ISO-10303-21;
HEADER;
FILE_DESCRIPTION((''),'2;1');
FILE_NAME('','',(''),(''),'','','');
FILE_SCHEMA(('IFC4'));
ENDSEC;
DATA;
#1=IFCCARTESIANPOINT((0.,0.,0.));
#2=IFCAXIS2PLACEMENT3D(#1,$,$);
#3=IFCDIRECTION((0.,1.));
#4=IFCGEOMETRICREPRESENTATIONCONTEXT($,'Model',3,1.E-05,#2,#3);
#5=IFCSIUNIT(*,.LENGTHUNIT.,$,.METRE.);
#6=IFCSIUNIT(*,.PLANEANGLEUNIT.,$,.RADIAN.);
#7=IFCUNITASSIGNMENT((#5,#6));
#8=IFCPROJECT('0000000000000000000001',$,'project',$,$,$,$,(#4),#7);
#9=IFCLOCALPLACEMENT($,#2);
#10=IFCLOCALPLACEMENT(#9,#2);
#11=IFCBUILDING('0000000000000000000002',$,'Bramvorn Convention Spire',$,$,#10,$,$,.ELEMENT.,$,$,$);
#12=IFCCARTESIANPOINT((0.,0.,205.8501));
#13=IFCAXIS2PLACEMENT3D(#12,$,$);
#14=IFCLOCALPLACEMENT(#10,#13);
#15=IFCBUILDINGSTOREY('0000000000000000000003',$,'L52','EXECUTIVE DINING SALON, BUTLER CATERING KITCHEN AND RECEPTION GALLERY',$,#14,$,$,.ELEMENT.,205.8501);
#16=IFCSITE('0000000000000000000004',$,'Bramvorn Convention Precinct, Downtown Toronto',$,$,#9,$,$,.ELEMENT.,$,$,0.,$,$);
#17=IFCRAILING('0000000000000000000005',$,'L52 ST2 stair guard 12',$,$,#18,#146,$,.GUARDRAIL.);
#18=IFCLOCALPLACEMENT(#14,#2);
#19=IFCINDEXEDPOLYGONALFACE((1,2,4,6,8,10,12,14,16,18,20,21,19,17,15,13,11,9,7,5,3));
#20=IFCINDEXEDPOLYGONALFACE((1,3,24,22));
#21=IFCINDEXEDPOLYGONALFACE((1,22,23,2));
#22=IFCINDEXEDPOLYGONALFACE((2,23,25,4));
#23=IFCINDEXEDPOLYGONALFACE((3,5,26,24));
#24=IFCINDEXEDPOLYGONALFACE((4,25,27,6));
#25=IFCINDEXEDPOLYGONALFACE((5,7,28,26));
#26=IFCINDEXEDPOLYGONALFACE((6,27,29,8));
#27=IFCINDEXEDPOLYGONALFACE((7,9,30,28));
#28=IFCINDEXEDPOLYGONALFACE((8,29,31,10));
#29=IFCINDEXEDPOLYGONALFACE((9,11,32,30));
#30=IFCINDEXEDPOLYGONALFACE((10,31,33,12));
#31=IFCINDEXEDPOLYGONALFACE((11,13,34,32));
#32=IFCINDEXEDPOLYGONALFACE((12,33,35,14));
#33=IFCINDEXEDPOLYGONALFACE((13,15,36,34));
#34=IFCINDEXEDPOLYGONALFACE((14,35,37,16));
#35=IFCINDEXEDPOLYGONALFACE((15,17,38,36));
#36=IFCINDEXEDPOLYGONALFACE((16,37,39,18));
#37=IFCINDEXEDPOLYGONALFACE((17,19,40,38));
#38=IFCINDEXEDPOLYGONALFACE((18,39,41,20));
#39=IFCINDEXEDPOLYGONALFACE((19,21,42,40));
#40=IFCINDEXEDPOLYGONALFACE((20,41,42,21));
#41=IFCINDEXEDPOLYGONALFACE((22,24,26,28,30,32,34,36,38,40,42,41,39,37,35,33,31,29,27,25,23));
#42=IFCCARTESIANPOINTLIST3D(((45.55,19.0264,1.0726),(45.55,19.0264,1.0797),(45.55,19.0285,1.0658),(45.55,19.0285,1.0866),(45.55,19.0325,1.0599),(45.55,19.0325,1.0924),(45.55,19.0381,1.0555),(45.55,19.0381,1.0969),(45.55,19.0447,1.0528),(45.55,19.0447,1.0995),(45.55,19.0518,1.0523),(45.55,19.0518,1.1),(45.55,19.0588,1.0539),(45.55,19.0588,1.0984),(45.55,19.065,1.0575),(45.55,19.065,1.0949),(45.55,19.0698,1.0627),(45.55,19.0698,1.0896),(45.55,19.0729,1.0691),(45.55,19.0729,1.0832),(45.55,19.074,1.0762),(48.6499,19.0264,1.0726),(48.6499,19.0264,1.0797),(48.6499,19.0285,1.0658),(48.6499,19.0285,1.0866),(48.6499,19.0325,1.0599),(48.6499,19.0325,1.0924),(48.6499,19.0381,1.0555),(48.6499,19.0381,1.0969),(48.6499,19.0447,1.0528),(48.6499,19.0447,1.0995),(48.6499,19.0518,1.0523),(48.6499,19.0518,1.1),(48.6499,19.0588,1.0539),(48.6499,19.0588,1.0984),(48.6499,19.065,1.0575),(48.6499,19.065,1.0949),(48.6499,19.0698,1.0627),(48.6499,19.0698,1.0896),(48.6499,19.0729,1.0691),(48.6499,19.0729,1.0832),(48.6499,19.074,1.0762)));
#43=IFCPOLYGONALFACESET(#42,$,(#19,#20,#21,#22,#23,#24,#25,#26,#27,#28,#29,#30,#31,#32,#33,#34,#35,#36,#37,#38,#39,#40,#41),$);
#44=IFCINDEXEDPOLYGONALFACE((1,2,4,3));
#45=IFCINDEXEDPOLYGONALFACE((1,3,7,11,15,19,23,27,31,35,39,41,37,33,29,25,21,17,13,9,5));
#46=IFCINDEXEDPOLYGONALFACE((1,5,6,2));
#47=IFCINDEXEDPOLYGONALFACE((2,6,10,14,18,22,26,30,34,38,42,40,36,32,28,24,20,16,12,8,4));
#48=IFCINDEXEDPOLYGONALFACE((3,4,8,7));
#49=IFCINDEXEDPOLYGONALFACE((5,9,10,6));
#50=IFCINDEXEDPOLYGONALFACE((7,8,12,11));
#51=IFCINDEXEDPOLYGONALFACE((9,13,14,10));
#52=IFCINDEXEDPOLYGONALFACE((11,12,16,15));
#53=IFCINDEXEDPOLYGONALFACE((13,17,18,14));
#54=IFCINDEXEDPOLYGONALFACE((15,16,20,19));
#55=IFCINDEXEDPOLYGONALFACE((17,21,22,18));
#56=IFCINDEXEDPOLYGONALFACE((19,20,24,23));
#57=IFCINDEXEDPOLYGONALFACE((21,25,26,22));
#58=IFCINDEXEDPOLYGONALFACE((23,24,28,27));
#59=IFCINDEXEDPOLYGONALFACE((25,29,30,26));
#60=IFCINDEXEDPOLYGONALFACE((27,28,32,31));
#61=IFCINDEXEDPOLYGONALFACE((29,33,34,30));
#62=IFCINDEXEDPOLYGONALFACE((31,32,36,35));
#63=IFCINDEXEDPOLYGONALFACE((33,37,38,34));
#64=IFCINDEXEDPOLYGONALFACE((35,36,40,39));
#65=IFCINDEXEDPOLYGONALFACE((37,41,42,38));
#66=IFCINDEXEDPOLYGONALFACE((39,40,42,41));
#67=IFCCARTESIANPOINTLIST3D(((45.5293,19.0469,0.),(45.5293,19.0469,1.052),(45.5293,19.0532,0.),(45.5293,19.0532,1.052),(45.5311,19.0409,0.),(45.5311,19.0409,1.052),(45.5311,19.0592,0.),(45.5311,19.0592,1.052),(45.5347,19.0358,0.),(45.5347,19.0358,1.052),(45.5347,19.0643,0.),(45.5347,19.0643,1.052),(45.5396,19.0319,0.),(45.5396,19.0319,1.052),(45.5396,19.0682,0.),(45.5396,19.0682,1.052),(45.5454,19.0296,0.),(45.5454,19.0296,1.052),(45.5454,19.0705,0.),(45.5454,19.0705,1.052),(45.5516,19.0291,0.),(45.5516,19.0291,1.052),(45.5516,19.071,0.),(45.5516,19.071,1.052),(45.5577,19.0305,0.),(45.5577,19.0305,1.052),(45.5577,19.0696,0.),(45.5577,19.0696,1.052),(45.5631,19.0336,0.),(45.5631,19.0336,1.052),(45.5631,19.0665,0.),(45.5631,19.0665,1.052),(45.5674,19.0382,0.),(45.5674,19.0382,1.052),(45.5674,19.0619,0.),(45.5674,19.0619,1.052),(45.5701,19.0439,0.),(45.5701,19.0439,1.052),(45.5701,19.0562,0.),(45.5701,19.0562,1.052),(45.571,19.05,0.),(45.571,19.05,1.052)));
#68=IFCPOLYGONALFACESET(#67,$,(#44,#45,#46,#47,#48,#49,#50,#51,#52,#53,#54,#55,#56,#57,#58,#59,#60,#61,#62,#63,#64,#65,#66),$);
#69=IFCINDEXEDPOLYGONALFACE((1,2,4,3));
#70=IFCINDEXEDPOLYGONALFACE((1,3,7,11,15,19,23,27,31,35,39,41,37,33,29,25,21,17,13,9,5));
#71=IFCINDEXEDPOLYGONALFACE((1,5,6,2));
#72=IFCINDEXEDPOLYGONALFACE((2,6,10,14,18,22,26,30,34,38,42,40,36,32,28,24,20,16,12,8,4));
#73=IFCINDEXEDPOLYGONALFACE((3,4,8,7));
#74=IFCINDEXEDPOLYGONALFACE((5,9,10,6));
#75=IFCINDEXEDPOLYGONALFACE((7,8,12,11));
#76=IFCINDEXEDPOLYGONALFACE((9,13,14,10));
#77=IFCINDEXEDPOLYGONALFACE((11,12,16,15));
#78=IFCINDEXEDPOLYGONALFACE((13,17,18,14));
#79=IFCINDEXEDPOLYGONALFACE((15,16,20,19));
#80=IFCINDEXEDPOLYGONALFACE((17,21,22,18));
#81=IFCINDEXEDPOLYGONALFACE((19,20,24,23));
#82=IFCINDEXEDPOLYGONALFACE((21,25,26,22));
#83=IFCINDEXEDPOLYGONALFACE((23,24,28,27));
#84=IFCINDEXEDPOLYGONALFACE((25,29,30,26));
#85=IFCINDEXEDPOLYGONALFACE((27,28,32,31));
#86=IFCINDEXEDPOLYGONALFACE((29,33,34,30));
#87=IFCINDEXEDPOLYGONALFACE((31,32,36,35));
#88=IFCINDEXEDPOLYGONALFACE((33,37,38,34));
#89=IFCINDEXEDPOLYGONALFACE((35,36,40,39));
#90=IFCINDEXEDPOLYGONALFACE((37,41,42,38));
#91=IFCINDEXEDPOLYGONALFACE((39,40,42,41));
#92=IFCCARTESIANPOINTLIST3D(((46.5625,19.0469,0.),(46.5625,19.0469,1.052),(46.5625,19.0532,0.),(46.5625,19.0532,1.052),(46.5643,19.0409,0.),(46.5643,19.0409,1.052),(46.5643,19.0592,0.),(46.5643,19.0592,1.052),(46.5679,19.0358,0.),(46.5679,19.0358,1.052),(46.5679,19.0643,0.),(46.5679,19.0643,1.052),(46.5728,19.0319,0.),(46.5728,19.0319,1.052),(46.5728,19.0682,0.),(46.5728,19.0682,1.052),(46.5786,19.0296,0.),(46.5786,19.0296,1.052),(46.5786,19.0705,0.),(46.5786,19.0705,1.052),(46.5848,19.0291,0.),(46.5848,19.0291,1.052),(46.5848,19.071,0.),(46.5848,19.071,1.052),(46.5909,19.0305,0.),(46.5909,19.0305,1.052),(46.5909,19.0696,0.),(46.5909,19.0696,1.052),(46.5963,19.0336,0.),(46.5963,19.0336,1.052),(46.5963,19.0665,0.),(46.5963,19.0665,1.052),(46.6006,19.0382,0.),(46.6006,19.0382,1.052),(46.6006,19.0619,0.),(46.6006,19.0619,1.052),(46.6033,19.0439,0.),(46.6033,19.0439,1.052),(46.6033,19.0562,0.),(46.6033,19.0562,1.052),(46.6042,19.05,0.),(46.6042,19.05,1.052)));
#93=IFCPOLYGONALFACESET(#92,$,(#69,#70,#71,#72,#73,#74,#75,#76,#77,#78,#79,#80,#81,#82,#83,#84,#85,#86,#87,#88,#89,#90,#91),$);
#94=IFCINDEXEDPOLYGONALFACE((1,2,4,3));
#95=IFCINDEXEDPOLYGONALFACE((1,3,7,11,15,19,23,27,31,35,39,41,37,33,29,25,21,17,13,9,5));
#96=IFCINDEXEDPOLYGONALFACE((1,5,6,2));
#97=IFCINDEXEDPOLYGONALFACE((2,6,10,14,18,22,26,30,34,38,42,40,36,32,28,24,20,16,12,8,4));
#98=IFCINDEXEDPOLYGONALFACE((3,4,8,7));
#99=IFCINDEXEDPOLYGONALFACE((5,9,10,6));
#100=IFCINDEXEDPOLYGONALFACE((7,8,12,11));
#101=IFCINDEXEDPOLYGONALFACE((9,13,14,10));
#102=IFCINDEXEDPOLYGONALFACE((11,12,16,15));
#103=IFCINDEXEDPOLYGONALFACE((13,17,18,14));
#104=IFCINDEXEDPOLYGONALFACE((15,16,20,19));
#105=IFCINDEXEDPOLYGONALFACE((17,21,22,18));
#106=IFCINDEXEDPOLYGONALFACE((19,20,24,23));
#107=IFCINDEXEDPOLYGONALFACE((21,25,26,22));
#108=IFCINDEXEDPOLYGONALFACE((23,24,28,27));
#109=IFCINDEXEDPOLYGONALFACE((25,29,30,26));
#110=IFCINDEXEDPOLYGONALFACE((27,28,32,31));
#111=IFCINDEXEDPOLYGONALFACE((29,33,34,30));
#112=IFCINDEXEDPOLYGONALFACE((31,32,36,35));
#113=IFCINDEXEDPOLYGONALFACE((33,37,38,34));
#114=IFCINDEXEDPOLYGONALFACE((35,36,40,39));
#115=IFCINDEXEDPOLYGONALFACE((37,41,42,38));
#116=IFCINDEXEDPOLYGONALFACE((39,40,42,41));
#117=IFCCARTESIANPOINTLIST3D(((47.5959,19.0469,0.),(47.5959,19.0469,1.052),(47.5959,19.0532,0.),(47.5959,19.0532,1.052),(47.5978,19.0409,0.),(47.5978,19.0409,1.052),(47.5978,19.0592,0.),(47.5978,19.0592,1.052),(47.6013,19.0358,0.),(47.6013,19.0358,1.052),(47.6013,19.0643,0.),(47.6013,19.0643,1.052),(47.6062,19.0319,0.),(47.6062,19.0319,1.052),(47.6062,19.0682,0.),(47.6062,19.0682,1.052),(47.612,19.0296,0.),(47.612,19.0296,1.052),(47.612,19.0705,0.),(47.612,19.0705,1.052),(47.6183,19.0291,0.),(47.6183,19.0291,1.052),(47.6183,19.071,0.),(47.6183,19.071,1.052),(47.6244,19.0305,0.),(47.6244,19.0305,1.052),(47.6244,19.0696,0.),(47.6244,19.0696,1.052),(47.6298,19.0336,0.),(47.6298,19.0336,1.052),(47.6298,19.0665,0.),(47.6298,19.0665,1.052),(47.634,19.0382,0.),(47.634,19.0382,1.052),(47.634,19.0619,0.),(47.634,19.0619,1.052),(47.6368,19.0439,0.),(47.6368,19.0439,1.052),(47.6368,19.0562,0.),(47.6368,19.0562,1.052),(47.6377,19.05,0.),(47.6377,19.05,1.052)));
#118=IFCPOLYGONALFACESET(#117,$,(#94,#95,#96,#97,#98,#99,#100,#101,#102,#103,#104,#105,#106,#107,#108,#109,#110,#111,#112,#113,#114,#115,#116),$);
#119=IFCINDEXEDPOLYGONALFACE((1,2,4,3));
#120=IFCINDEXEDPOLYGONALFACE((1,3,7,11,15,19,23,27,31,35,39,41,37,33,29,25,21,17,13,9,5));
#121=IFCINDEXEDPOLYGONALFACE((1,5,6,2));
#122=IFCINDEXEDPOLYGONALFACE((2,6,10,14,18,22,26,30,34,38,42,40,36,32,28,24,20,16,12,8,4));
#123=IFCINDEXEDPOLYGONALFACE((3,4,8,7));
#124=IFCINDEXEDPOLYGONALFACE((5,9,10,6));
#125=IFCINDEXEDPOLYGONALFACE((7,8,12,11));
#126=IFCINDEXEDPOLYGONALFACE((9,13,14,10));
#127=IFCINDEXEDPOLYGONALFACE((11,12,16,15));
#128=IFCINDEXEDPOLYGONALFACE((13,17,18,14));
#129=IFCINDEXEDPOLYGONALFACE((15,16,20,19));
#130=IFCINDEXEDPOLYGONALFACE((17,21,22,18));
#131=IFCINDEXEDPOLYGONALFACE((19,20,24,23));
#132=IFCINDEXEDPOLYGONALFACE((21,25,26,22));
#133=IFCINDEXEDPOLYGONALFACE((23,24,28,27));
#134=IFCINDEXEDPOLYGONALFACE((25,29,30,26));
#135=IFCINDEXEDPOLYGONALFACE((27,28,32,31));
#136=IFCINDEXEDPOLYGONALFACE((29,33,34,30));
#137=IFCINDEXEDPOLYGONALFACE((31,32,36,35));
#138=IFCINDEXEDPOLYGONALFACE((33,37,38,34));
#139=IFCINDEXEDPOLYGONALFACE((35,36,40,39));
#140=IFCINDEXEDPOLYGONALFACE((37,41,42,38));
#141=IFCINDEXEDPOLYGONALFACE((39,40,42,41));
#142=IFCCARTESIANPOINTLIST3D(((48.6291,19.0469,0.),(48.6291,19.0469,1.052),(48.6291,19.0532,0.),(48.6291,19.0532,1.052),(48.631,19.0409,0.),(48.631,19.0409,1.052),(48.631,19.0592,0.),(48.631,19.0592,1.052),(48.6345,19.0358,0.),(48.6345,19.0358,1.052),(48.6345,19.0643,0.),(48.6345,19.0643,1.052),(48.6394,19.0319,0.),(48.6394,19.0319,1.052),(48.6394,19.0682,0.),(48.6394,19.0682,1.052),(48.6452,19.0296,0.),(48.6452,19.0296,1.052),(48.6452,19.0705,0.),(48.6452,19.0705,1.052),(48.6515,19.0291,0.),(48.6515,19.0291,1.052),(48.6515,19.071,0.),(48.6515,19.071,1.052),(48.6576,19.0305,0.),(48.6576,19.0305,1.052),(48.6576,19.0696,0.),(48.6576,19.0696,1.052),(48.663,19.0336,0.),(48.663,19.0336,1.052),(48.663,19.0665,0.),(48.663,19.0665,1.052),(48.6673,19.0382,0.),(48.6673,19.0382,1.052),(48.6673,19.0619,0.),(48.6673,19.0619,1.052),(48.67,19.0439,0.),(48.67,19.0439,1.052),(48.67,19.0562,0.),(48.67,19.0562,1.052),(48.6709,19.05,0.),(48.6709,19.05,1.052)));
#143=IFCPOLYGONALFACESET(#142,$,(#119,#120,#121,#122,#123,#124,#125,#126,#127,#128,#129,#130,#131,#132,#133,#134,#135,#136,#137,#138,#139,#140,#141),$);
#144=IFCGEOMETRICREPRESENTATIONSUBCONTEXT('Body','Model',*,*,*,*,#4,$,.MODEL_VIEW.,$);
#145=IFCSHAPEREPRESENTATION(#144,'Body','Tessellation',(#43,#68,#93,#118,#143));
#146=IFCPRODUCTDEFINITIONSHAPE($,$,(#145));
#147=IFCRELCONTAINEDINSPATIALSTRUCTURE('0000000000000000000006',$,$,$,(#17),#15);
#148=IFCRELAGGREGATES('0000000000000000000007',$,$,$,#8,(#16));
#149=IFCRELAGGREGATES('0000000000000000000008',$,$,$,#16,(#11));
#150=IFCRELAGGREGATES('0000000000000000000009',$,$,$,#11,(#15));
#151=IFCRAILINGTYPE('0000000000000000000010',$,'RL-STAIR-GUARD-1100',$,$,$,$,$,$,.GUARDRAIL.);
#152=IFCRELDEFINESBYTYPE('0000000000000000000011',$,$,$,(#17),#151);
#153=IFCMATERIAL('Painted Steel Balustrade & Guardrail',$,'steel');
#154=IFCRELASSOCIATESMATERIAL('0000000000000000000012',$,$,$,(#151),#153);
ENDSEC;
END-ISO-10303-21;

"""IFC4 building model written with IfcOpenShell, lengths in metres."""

from ifc_helpers import new_model, si_unit, direction, frame, origin, origin_2d, place, context, subcontext, project, spatial, circle, extrude, material, type_object, element, save


model = new_model("IFC4")

# Units and contexts
model_context = context("Model", 3, precision=1e-05, world=origin(), true_north=direction((0.0, 1.0)))
body_context = subcontext(model_context, "Body", "Model", "MODEL_VIEW")
ifc_project = project(units=[si_unit("LENGTHUNIT", "METRE"), si_unit("PLANEANGLEUNIT", "RADIAN")], contexts=[model_context])

# Site, building, storey
site_placement = place(None, origin())
site = spatial("IfcSite", under=ifc_project, at=site_placement, Name="Bramvorn Convention Precinct, Downtown Toronto", CompositionType="ELEMENT", RefElevation=0.0)
building_placement = place(site_placement, origin())
building = spatial("IfcBuilding", under=site, at=building_placement, Name="Bramvorn Convention Spire", CompositionType="ELEMENT")
storey_placement = place(building_placement, frame((0.0, 0.0, 205.8501)))
storey = spatial("IfcBuildingStorey", under=building, at=storey_placement, Name="L52", Description="EXECUTIVE DINING SALON, BUTLER CATERING KITCHEN AND RECEPTION GALLERY", CompositionType="ELEMENT", Elevation=205.8501)

# Railing
ifc_material_1 = material(Name="Painted Steel Balustrade & Guardrail", Category="steel")
railing_type = type_object("IfcRailingType", Name="RL-STAIR-GUARD-1100", PredefinedType="GUARDRAIL", material=ifc_material_1)
railing_1_placement = place(storey_placement, frame((45.55, 19.05, 0.0)))
element("IfcRailing", 1, at=railing_1_placement, inside=storey, type_object=railing_type, Name="L52 ST2 stair guard 12", PredefinedType="GUARDRAIL", context=body_context, shape_type="SweptSolid", body=[
    extrude(circle(Radius=0.0239, at=origin_2d()), frame((0.0, 0.0, 1.0762), z_axis=(1.0, 0.0, 0.0), x_axis=(0.0, 1.0, 0.0)), (0.0, 0.0, 1.0), 3.0999),
    extrude(circle(Radius=0.021, at=origin_2d()), origin(), (0.0, 0.0, 1.0), 1.052),
    extrude(circle(Radius=0.021, at=origin_2d()), frame((1.0332, 0.0, 0.0)), (0.0, 0.0, 1.0), 1.052),
    extrude(circle(Radius=0.021, at=origin_2d()), frame((2.0667, 0.0, 0.0)), (0.0, 0.0, 1.0), 1.052),
    extrude(circle(Radius=0.021, at=origin_2d()), frame((3.0999, 0.0, 0.0)), (0.0, 0.0, 1.0), 1.052),
])

save(model, "model.ifc")
